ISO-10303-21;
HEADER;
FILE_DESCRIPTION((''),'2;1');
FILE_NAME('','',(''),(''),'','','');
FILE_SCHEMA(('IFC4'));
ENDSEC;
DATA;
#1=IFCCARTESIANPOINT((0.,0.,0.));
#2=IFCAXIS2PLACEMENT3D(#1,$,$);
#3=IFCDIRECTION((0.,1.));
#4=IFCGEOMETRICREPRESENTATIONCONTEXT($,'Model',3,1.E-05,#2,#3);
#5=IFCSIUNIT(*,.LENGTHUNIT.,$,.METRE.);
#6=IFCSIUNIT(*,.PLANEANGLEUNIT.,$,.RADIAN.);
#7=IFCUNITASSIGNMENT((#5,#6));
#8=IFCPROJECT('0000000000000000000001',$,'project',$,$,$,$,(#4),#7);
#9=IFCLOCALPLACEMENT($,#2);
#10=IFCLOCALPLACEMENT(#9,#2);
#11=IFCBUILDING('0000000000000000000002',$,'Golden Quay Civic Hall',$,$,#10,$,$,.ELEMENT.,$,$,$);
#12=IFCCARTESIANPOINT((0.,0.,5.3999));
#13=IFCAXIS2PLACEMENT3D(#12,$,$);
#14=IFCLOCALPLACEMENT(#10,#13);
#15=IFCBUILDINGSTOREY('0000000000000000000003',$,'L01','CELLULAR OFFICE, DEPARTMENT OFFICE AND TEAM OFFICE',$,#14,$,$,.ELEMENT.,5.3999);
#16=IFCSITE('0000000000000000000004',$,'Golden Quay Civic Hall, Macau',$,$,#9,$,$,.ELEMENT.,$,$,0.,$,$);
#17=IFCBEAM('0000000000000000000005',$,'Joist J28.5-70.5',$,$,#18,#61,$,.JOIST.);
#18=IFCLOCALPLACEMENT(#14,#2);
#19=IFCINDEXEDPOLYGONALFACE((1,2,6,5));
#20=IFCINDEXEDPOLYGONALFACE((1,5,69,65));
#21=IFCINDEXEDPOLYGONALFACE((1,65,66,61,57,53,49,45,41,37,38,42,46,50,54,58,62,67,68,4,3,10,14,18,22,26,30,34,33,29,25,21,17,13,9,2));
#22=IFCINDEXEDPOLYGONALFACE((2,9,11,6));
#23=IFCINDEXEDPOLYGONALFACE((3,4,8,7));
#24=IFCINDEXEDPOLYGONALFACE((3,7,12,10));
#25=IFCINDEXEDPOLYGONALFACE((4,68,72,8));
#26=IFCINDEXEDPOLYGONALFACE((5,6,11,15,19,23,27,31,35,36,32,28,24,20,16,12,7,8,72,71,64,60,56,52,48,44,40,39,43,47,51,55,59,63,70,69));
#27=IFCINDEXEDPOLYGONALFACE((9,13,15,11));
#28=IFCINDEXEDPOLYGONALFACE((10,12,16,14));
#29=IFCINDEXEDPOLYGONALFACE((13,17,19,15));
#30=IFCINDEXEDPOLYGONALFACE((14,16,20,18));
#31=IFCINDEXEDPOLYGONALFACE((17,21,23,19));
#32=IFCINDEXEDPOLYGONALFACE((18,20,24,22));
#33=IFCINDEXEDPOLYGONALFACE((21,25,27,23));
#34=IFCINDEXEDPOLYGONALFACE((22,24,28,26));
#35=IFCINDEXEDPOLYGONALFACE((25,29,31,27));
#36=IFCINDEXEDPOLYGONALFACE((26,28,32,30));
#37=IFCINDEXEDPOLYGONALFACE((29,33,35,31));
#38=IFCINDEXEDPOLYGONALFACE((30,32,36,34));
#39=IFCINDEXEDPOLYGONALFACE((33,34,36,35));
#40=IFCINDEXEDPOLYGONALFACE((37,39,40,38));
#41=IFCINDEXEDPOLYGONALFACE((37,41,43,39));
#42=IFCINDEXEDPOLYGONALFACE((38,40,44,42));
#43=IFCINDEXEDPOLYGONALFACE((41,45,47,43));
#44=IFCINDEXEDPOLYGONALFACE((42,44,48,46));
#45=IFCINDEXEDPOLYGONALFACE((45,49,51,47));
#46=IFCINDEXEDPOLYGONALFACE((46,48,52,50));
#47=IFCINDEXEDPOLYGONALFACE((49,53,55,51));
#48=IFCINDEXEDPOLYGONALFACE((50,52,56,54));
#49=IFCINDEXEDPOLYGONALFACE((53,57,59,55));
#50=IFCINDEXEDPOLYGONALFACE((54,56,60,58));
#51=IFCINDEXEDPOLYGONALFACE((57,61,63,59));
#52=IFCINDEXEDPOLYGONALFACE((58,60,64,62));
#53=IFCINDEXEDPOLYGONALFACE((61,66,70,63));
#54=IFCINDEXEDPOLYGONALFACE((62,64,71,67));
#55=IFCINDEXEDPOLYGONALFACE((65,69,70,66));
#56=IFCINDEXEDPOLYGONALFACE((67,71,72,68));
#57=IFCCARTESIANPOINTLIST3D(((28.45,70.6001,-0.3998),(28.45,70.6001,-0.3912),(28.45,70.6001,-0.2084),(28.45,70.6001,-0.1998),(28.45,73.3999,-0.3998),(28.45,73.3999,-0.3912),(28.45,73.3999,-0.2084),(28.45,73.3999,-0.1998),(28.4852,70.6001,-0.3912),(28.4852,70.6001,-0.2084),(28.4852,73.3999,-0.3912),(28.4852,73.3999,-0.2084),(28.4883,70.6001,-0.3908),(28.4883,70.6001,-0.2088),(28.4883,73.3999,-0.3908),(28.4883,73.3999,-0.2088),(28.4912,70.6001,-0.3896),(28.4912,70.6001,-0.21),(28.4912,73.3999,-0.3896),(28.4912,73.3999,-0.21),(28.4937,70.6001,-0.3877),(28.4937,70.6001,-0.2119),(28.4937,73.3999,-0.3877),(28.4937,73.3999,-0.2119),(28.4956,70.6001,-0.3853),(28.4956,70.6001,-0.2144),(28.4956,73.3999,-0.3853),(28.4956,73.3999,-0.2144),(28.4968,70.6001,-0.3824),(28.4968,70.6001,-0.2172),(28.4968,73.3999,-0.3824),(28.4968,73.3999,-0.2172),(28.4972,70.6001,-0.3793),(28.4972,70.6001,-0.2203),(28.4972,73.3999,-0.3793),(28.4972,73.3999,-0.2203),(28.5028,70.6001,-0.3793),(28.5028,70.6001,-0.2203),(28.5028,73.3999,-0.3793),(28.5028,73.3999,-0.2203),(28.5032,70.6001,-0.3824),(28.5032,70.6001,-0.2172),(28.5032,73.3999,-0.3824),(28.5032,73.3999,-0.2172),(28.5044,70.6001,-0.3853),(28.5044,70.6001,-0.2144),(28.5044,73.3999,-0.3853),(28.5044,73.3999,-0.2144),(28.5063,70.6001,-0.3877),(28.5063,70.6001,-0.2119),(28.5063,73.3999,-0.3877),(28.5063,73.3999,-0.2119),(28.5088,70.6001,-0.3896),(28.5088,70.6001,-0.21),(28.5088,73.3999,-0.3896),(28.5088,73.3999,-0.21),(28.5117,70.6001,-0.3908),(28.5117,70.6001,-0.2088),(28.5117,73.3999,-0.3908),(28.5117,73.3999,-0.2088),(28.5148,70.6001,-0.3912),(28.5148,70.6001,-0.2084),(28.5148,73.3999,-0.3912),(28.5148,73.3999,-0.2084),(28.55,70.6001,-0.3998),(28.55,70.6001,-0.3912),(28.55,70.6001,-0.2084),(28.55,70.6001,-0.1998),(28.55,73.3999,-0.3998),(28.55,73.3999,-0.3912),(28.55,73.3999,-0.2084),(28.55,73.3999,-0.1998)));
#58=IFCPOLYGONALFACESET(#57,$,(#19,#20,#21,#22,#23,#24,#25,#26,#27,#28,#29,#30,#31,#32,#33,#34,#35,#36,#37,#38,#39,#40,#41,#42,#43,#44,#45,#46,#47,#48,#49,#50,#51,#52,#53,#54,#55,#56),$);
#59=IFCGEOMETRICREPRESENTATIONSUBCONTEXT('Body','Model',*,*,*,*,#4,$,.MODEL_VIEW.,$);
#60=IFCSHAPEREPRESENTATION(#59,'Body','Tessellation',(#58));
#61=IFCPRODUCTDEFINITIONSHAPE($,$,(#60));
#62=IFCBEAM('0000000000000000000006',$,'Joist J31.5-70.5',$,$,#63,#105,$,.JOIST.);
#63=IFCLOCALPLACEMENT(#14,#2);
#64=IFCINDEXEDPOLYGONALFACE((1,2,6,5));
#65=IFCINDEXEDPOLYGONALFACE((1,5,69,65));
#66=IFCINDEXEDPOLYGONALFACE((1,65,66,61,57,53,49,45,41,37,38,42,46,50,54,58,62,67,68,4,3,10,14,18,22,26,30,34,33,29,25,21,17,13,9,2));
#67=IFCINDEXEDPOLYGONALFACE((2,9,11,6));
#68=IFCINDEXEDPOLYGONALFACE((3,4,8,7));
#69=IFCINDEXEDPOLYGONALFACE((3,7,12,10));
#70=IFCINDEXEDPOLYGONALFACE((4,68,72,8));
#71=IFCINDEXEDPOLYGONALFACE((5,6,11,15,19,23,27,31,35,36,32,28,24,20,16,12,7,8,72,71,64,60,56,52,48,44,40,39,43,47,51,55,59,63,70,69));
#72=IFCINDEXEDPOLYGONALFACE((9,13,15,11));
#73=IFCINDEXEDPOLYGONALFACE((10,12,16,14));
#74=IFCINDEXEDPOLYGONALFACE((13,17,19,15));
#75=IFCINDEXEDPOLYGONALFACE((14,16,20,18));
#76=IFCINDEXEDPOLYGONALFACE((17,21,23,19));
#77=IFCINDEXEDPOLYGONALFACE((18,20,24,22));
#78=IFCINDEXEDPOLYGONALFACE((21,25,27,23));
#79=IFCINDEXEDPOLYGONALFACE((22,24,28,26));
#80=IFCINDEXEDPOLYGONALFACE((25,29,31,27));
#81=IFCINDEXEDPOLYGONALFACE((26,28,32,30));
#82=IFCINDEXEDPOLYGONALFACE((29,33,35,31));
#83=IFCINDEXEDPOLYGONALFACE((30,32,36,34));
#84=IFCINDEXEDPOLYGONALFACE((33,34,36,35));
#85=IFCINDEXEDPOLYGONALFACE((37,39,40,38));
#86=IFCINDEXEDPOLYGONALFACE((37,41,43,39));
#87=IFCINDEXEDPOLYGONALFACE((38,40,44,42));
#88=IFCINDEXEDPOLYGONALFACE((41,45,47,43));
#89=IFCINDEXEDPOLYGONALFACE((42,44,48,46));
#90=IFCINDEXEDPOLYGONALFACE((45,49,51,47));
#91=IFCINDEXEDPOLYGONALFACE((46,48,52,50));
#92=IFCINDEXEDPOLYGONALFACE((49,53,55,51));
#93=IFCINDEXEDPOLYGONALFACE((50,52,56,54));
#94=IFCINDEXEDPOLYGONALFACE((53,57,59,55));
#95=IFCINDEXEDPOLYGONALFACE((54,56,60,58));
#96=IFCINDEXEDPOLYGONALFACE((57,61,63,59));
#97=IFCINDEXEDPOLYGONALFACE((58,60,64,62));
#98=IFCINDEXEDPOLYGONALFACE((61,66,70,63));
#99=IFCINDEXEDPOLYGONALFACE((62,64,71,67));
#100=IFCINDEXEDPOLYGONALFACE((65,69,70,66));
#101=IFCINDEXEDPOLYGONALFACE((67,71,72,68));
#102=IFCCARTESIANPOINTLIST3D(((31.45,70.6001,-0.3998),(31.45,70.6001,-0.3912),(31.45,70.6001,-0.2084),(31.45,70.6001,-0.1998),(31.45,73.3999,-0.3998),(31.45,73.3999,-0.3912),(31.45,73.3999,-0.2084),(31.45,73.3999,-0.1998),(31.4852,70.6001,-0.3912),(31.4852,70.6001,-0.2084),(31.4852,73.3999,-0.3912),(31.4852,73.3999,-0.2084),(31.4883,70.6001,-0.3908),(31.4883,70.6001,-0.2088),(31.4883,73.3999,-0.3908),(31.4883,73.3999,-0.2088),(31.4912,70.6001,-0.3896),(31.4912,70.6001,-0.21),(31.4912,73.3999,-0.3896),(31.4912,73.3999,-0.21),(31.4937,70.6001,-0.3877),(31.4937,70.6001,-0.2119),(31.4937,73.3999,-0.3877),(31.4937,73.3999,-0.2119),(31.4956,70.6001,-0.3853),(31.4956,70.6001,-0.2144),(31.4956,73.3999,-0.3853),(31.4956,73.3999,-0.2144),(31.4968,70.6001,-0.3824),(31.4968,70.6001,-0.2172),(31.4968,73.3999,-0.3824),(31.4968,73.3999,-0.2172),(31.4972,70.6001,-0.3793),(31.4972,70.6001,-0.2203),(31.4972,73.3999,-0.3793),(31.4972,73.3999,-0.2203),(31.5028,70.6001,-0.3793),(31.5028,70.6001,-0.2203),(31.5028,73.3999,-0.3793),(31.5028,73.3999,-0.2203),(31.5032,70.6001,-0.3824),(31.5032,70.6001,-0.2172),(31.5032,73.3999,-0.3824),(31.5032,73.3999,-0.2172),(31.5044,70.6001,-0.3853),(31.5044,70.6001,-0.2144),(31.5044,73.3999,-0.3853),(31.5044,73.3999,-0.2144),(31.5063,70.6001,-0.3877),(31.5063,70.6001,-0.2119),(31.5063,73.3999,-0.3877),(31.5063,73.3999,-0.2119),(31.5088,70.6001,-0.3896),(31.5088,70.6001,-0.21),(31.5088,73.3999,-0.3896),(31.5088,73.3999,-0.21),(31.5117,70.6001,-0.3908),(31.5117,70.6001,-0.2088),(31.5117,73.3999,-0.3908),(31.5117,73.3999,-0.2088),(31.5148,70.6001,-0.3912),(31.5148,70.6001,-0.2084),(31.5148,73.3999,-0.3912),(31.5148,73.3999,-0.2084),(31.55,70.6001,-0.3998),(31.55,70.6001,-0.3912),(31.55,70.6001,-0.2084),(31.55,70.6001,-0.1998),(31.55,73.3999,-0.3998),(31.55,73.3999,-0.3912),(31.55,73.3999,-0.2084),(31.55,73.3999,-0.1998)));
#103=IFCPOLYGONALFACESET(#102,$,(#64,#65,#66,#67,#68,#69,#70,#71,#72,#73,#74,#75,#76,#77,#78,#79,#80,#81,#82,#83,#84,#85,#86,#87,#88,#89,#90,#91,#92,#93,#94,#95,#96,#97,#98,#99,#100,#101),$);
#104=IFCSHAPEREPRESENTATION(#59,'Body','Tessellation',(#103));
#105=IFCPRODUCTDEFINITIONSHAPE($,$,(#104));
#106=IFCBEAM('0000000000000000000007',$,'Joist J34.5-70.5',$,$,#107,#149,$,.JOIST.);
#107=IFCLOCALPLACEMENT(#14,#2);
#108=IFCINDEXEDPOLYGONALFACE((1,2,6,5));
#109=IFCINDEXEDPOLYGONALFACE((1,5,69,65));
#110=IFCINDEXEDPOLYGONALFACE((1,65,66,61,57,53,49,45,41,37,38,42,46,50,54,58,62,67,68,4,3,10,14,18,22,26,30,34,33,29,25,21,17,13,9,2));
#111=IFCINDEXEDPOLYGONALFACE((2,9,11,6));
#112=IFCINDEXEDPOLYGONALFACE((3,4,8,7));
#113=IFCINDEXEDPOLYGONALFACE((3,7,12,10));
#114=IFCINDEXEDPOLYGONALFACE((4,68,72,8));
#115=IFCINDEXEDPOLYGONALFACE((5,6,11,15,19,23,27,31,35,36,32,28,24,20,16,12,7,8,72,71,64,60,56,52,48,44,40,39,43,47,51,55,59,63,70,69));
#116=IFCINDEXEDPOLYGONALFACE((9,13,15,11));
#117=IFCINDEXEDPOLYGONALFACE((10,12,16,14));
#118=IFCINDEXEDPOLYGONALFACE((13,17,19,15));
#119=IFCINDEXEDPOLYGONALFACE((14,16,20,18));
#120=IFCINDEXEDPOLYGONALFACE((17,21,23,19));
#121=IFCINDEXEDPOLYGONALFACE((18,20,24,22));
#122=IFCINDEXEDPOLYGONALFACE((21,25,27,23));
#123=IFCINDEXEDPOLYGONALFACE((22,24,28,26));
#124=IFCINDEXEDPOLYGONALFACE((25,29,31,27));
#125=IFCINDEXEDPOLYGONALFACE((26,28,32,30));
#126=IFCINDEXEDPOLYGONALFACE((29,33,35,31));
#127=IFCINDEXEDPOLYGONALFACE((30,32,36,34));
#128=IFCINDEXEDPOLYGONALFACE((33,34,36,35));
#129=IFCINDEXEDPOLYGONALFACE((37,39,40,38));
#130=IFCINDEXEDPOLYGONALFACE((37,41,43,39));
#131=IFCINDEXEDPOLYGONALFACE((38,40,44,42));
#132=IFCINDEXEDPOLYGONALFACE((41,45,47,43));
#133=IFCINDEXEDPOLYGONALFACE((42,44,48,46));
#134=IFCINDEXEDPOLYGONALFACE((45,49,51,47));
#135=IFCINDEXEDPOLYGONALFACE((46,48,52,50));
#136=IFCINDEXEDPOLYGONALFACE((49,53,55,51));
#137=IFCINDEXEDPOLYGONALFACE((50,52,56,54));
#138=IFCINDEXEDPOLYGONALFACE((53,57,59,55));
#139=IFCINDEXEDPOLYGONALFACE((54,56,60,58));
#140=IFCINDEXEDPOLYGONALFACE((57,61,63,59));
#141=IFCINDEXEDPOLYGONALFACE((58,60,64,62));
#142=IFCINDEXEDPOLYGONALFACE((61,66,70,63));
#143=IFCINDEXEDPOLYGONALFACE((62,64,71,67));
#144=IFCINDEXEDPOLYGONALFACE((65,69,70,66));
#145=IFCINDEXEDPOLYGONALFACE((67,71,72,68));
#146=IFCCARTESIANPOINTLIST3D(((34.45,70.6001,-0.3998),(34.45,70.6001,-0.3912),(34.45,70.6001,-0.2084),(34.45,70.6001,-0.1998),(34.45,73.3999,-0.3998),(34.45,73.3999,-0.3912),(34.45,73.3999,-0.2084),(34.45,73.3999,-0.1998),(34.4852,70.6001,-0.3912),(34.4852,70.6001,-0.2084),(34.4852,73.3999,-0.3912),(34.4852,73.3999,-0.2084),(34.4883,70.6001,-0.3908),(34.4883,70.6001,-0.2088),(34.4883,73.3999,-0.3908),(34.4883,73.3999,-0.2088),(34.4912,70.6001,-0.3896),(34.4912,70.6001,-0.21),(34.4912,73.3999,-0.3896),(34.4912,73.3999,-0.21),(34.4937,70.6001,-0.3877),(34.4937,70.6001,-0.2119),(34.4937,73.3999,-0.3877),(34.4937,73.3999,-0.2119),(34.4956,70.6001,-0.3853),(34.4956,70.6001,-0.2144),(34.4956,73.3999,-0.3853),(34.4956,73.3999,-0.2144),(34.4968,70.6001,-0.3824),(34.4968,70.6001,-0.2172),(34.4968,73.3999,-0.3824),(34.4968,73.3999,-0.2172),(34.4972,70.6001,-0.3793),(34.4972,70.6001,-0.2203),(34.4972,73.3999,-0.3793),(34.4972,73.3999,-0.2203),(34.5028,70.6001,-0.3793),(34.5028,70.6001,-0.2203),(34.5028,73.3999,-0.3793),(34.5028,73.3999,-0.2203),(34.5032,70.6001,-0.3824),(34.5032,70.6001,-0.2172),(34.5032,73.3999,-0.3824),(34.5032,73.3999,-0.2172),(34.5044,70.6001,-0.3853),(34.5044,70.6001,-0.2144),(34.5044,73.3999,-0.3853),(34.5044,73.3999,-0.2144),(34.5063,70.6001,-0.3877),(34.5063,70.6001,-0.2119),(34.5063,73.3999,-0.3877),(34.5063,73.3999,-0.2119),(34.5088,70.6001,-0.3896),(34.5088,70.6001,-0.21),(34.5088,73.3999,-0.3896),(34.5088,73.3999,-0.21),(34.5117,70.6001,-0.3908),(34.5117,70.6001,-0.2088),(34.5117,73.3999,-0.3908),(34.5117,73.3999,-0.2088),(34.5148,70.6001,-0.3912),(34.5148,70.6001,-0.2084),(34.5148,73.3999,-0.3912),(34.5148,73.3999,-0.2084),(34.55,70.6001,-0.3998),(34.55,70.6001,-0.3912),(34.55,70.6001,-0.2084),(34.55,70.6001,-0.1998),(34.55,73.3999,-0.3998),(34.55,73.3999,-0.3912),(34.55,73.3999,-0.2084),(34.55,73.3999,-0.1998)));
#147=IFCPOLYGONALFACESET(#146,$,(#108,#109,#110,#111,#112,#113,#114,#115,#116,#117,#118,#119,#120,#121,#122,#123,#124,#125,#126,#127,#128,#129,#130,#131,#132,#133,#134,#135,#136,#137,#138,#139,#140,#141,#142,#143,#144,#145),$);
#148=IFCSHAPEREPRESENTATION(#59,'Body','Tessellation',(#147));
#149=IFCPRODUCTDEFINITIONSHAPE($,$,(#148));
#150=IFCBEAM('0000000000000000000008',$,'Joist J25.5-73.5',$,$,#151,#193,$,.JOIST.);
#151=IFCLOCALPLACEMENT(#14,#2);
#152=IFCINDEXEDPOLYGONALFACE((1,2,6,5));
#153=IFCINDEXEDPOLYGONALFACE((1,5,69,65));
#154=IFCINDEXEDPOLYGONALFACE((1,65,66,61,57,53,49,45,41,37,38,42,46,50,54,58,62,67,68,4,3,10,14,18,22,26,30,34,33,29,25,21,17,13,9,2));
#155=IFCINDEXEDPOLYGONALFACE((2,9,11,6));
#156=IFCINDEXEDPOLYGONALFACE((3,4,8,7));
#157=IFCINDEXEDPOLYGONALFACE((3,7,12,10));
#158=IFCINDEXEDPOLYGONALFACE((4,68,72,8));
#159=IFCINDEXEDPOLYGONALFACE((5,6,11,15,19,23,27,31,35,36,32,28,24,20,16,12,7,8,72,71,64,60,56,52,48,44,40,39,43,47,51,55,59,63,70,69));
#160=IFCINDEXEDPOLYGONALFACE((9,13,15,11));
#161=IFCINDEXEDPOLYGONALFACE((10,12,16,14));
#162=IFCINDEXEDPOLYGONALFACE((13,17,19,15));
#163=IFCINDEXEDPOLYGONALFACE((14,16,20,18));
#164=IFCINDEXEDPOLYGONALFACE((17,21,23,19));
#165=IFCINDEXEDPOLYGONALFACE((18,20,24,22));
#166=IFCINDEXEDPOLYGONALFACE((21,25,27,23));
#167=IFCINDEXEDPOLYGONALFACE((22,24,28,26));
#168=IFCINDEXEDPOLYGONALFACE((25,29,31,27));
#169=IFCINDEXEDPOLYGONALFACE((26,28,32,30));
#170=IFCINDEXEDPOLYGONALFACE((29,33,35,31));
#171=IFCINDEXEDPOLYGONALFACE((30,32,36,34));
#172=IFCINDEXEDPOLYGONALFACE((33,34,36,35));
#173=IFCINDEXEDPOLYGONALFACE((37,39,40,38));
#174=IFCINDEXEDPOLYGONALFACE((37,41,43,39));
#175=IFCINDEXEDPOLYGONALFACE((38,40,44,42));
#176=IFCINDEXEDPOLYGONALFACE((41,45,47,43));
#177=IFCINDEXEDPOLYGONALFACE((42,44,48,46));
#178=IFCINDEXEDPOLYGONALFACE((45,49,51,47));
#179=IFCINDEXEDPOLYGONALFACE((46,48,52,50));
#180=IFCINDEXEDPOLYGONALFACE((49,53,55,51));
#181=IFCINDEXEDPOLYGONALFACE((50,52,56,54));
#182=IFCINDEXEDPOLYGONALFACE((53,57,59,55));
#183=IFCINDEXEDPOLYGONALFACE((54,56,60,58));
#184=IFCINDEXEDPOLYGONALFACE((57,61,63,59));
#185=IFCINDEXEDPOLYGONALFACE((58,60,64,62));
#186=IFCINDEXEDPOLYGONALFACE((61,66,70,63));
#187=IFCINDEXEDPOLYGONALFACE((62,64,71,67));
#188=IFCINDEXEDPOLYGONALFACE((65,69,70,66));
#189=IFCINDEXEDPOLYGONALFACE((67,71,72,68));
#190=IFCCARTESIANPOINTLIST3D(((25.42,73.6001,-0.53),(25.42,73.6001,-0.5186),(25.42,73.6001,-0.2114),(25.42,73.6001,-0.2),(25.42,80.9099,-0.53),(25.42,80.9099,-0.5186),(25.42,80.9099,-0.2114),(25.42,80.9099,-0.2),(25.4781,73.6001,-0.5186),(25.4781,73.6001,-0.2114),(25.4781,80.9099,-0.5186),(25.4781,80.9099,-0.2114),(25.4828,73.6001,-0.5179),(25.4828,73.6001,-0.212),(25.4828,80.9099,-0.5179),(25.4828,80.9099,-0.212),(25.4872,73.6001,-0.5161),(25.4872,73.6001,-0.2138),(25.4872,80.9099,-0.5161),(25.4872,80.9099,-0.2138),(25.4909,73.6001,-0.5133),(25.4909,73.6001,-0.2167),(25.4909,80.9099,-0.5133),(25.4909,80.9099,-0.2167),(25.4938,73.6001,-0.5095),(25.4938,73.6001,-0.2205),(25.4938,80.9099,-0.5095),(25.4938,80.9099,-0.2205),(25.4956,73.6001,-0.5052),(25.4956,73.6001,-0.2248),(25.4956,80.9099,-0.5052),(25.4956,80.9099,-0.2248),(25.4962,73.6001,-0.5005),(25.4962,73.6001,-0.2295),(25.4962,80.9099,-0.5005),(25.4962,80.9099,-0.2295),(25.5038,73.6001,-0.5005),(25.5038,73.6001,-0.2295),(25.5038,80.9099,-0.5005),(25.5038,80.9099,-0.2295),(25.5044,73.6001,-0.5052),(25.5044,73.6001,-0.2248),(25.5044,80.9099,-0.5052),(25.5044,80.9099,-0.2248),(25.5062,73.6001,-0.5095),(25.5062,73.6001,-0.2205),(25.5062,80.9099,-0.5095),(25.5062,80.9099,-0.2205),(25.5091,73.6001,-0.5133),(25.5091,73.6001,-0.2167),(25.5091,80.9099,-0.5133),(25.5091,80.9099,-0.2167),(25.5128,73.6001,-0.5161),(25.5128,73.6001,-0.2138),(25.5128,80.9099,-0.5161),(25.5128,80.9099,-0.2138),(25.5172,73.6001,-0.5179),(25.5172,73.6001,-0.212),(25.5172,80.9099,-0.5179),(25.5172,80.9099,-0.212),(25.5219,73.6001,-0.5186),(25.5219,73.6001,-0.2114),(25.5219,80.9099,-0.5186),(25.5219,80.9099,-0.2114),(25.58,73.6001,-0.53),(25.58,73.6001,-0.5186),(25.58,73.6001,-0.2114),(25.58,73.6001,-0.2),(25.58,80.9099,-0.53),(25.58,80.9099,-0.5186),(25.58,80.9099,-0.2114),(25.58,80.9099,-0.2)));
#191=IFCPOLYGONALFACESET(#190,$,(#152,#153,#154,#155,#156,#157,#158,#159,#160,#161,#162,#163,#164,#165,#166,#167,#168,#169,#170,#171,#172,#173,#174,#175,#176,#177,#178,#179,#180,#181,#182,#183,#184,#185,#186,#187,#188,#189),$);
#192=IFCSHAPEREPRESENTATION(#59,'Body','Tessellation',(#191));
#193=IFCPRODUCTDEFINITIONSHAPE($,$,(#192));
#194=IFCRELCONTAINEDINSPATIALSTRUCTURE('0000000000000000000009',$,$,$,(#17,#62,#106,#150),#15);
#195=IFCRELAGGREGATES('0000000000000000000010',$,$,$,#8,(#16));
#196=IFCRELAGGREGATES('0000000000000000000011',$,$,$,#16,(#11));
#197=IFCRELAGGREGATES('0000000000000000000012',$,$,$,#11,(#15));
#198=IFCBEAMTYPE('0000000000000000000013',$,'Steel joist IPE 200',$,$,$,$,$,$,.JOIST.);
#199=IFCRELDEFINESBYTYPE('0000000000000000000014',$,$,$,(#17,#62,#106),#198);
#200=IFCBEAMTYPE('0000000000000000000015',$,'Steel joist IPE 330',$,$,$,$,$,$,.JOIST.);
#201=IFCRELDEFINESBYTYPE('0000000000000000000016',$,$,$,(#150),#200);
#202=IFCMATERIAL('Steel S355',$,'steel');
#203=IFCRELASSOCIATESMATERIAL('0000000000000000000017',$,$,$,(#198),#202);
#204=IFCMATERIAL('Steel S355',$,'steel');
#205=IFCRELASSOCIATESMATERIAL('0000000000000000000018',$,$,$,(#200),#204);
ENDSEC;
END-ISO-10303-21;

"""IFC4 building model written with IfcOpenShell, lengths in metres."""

from ifc_helpers import new_model, si_unit, direction, frame, origin, origin_2d, place, context, subcontext, project, spatial, i_section, extrude, material, material_profile, profile_set, type_object, element, save


model = new_model("IFC4")

# Units and contexts
model_context = context("Model", 3, precision=1e-05, world=origin(), true_north=direction((0.0, 1.0)))
body_context = subcontext(model_context, "Body", "Model", "MODEL_VIEW")
ifc_project = project(units=[si_unit("LENGTHUNIT", "METRE"), si_unit("PLANEANGLEUNIT", "RADIAN")], contexts=[model_context])

# Site, building, storey
site_placement = place(None, origin())
site = spatial("IfcSite", under=ifc_project, at=site_placement, Name="Golden Quay Civic Hall, Macau", CompositionType="ELEMENT", RefElevation=0.0)
building_placement = place(site_placement, origin())
building = spatial("IfcBuilding", under=site, at=building_placement, Name="Golden Quay Civic Hall", CompositionType="ELEMENT")
storey_placement = place(building_placement, frame((0.0, 0.0, 5.3999)))
storey = spatial("IfcBuildingStorey", under=building, at=storey_placement, Name="L01", Description="CELLULAR OFFICE, DEPARTMENT OFFICE AND TEAM OFFICE", CompositionType="ELEMENT", Elevation=5.3999)

# Beams
ifc_material_1 = material(Name="Steel S355", Category="steel")
ifc_material_profile_1 = material_profile(ifc_material_1, i_section(OverallWidth=0.1001, OverallDepth=0.2, WebThickness=0.0056, FlangeThickness=0.0085, FilletRadius=0.012, at=origin_2d()), Name="IPE 200")
ifc_profile_set_1 = profile_set([ifc_material_profile_1], Name="Steel S355")
beam_type_1 = type_object("IfcBeamType", Name="Steel joist IPE 200", PredefinedType="JOIST", material=ifc_profile_set_1)
for number, where, z_axis, x_axis, name in (
    (1, (28.5, 70.6001, -0.2998), (0.0, 1.0, 0.0), (-1.0, 0.0, 0.0), "Joist J28.5-70.5"),
    (2, (31.5, 70.6001, -0.2998), (0.0, 1.0, 0.0), (-1.0, 0.0, 0.0), "Joist J31.5-70.5"),
    (3, (34.5, 70.6001, -0.2998), (0.0, 1.0, 0.0), (-1.0, 0.0, 0.0), "Joist J34.5-70.5"),
):
    element("IfcBeam", number, at=place(storey_placement, frame(where, z_axis=z_axis, x_axis=x_axis)), inside=storey, type_object=beam_type_1, Name=name, PredefinedType="JOIST", context=body_context, shape_type="SweptSolid", body=[
        extrude(i_section(OverallWidth=0.1001, OverallDepth=0.2, WebThickness=0.0056, FlangeThickness=0.0085, FilletRadius=0.012, at=origin_2d()), origin(), (0.0, 0.0, 1.0), 2.7998),
    ])
ifc_material_2 = material(Name="Steel S355", Category="steel")
ifc_material_profile_2 = material_profile(ifc_material_2, i_section(OverallWidth=0.1599, OverallDepth=0.3301, WebThickness=0.0076, FlangeThickness=0.0115, FilletRadius=0.0181, at=origin_2d()), Name="IPE 330")
ifc_profile_set_2 = profile_set([ifc_material_profile_2], Name="Steel S355")
beam_type_2 = type_object("IfcBeamType", Name="Steel joist IPE 330", PredefinedType="JOIST", material=ifc_profile_set_2)
for number, where, z_axis, x_axis, name in (
    (4, (25.5, 73.6001, -0.365), (0.0, 1.0, 0.0), (-1.0, 0.0, 0.0), "Joist J25.5-73.5"),
):
    element("IfcBeam", number, at=place(storey_placement, frame(where, z_axis=z_axis, x_axis=x_axis)), inside=storey, type_object=beam_type_2, Name=name, PredefinedType="JOIST", context=body_context, shape_type="SweptSolid", body=[
        extrude(i_section(OverallWidth=0.1599, OverallDepth=0.3301, WebThickness=0.0076, FlangeThickness=0.0115, FilletRadius=0.0181, at=origin_2d()), origin(), (0.0, 0.0, 1.0), 7.3098),
    ])

save(model, "model.ifc")
